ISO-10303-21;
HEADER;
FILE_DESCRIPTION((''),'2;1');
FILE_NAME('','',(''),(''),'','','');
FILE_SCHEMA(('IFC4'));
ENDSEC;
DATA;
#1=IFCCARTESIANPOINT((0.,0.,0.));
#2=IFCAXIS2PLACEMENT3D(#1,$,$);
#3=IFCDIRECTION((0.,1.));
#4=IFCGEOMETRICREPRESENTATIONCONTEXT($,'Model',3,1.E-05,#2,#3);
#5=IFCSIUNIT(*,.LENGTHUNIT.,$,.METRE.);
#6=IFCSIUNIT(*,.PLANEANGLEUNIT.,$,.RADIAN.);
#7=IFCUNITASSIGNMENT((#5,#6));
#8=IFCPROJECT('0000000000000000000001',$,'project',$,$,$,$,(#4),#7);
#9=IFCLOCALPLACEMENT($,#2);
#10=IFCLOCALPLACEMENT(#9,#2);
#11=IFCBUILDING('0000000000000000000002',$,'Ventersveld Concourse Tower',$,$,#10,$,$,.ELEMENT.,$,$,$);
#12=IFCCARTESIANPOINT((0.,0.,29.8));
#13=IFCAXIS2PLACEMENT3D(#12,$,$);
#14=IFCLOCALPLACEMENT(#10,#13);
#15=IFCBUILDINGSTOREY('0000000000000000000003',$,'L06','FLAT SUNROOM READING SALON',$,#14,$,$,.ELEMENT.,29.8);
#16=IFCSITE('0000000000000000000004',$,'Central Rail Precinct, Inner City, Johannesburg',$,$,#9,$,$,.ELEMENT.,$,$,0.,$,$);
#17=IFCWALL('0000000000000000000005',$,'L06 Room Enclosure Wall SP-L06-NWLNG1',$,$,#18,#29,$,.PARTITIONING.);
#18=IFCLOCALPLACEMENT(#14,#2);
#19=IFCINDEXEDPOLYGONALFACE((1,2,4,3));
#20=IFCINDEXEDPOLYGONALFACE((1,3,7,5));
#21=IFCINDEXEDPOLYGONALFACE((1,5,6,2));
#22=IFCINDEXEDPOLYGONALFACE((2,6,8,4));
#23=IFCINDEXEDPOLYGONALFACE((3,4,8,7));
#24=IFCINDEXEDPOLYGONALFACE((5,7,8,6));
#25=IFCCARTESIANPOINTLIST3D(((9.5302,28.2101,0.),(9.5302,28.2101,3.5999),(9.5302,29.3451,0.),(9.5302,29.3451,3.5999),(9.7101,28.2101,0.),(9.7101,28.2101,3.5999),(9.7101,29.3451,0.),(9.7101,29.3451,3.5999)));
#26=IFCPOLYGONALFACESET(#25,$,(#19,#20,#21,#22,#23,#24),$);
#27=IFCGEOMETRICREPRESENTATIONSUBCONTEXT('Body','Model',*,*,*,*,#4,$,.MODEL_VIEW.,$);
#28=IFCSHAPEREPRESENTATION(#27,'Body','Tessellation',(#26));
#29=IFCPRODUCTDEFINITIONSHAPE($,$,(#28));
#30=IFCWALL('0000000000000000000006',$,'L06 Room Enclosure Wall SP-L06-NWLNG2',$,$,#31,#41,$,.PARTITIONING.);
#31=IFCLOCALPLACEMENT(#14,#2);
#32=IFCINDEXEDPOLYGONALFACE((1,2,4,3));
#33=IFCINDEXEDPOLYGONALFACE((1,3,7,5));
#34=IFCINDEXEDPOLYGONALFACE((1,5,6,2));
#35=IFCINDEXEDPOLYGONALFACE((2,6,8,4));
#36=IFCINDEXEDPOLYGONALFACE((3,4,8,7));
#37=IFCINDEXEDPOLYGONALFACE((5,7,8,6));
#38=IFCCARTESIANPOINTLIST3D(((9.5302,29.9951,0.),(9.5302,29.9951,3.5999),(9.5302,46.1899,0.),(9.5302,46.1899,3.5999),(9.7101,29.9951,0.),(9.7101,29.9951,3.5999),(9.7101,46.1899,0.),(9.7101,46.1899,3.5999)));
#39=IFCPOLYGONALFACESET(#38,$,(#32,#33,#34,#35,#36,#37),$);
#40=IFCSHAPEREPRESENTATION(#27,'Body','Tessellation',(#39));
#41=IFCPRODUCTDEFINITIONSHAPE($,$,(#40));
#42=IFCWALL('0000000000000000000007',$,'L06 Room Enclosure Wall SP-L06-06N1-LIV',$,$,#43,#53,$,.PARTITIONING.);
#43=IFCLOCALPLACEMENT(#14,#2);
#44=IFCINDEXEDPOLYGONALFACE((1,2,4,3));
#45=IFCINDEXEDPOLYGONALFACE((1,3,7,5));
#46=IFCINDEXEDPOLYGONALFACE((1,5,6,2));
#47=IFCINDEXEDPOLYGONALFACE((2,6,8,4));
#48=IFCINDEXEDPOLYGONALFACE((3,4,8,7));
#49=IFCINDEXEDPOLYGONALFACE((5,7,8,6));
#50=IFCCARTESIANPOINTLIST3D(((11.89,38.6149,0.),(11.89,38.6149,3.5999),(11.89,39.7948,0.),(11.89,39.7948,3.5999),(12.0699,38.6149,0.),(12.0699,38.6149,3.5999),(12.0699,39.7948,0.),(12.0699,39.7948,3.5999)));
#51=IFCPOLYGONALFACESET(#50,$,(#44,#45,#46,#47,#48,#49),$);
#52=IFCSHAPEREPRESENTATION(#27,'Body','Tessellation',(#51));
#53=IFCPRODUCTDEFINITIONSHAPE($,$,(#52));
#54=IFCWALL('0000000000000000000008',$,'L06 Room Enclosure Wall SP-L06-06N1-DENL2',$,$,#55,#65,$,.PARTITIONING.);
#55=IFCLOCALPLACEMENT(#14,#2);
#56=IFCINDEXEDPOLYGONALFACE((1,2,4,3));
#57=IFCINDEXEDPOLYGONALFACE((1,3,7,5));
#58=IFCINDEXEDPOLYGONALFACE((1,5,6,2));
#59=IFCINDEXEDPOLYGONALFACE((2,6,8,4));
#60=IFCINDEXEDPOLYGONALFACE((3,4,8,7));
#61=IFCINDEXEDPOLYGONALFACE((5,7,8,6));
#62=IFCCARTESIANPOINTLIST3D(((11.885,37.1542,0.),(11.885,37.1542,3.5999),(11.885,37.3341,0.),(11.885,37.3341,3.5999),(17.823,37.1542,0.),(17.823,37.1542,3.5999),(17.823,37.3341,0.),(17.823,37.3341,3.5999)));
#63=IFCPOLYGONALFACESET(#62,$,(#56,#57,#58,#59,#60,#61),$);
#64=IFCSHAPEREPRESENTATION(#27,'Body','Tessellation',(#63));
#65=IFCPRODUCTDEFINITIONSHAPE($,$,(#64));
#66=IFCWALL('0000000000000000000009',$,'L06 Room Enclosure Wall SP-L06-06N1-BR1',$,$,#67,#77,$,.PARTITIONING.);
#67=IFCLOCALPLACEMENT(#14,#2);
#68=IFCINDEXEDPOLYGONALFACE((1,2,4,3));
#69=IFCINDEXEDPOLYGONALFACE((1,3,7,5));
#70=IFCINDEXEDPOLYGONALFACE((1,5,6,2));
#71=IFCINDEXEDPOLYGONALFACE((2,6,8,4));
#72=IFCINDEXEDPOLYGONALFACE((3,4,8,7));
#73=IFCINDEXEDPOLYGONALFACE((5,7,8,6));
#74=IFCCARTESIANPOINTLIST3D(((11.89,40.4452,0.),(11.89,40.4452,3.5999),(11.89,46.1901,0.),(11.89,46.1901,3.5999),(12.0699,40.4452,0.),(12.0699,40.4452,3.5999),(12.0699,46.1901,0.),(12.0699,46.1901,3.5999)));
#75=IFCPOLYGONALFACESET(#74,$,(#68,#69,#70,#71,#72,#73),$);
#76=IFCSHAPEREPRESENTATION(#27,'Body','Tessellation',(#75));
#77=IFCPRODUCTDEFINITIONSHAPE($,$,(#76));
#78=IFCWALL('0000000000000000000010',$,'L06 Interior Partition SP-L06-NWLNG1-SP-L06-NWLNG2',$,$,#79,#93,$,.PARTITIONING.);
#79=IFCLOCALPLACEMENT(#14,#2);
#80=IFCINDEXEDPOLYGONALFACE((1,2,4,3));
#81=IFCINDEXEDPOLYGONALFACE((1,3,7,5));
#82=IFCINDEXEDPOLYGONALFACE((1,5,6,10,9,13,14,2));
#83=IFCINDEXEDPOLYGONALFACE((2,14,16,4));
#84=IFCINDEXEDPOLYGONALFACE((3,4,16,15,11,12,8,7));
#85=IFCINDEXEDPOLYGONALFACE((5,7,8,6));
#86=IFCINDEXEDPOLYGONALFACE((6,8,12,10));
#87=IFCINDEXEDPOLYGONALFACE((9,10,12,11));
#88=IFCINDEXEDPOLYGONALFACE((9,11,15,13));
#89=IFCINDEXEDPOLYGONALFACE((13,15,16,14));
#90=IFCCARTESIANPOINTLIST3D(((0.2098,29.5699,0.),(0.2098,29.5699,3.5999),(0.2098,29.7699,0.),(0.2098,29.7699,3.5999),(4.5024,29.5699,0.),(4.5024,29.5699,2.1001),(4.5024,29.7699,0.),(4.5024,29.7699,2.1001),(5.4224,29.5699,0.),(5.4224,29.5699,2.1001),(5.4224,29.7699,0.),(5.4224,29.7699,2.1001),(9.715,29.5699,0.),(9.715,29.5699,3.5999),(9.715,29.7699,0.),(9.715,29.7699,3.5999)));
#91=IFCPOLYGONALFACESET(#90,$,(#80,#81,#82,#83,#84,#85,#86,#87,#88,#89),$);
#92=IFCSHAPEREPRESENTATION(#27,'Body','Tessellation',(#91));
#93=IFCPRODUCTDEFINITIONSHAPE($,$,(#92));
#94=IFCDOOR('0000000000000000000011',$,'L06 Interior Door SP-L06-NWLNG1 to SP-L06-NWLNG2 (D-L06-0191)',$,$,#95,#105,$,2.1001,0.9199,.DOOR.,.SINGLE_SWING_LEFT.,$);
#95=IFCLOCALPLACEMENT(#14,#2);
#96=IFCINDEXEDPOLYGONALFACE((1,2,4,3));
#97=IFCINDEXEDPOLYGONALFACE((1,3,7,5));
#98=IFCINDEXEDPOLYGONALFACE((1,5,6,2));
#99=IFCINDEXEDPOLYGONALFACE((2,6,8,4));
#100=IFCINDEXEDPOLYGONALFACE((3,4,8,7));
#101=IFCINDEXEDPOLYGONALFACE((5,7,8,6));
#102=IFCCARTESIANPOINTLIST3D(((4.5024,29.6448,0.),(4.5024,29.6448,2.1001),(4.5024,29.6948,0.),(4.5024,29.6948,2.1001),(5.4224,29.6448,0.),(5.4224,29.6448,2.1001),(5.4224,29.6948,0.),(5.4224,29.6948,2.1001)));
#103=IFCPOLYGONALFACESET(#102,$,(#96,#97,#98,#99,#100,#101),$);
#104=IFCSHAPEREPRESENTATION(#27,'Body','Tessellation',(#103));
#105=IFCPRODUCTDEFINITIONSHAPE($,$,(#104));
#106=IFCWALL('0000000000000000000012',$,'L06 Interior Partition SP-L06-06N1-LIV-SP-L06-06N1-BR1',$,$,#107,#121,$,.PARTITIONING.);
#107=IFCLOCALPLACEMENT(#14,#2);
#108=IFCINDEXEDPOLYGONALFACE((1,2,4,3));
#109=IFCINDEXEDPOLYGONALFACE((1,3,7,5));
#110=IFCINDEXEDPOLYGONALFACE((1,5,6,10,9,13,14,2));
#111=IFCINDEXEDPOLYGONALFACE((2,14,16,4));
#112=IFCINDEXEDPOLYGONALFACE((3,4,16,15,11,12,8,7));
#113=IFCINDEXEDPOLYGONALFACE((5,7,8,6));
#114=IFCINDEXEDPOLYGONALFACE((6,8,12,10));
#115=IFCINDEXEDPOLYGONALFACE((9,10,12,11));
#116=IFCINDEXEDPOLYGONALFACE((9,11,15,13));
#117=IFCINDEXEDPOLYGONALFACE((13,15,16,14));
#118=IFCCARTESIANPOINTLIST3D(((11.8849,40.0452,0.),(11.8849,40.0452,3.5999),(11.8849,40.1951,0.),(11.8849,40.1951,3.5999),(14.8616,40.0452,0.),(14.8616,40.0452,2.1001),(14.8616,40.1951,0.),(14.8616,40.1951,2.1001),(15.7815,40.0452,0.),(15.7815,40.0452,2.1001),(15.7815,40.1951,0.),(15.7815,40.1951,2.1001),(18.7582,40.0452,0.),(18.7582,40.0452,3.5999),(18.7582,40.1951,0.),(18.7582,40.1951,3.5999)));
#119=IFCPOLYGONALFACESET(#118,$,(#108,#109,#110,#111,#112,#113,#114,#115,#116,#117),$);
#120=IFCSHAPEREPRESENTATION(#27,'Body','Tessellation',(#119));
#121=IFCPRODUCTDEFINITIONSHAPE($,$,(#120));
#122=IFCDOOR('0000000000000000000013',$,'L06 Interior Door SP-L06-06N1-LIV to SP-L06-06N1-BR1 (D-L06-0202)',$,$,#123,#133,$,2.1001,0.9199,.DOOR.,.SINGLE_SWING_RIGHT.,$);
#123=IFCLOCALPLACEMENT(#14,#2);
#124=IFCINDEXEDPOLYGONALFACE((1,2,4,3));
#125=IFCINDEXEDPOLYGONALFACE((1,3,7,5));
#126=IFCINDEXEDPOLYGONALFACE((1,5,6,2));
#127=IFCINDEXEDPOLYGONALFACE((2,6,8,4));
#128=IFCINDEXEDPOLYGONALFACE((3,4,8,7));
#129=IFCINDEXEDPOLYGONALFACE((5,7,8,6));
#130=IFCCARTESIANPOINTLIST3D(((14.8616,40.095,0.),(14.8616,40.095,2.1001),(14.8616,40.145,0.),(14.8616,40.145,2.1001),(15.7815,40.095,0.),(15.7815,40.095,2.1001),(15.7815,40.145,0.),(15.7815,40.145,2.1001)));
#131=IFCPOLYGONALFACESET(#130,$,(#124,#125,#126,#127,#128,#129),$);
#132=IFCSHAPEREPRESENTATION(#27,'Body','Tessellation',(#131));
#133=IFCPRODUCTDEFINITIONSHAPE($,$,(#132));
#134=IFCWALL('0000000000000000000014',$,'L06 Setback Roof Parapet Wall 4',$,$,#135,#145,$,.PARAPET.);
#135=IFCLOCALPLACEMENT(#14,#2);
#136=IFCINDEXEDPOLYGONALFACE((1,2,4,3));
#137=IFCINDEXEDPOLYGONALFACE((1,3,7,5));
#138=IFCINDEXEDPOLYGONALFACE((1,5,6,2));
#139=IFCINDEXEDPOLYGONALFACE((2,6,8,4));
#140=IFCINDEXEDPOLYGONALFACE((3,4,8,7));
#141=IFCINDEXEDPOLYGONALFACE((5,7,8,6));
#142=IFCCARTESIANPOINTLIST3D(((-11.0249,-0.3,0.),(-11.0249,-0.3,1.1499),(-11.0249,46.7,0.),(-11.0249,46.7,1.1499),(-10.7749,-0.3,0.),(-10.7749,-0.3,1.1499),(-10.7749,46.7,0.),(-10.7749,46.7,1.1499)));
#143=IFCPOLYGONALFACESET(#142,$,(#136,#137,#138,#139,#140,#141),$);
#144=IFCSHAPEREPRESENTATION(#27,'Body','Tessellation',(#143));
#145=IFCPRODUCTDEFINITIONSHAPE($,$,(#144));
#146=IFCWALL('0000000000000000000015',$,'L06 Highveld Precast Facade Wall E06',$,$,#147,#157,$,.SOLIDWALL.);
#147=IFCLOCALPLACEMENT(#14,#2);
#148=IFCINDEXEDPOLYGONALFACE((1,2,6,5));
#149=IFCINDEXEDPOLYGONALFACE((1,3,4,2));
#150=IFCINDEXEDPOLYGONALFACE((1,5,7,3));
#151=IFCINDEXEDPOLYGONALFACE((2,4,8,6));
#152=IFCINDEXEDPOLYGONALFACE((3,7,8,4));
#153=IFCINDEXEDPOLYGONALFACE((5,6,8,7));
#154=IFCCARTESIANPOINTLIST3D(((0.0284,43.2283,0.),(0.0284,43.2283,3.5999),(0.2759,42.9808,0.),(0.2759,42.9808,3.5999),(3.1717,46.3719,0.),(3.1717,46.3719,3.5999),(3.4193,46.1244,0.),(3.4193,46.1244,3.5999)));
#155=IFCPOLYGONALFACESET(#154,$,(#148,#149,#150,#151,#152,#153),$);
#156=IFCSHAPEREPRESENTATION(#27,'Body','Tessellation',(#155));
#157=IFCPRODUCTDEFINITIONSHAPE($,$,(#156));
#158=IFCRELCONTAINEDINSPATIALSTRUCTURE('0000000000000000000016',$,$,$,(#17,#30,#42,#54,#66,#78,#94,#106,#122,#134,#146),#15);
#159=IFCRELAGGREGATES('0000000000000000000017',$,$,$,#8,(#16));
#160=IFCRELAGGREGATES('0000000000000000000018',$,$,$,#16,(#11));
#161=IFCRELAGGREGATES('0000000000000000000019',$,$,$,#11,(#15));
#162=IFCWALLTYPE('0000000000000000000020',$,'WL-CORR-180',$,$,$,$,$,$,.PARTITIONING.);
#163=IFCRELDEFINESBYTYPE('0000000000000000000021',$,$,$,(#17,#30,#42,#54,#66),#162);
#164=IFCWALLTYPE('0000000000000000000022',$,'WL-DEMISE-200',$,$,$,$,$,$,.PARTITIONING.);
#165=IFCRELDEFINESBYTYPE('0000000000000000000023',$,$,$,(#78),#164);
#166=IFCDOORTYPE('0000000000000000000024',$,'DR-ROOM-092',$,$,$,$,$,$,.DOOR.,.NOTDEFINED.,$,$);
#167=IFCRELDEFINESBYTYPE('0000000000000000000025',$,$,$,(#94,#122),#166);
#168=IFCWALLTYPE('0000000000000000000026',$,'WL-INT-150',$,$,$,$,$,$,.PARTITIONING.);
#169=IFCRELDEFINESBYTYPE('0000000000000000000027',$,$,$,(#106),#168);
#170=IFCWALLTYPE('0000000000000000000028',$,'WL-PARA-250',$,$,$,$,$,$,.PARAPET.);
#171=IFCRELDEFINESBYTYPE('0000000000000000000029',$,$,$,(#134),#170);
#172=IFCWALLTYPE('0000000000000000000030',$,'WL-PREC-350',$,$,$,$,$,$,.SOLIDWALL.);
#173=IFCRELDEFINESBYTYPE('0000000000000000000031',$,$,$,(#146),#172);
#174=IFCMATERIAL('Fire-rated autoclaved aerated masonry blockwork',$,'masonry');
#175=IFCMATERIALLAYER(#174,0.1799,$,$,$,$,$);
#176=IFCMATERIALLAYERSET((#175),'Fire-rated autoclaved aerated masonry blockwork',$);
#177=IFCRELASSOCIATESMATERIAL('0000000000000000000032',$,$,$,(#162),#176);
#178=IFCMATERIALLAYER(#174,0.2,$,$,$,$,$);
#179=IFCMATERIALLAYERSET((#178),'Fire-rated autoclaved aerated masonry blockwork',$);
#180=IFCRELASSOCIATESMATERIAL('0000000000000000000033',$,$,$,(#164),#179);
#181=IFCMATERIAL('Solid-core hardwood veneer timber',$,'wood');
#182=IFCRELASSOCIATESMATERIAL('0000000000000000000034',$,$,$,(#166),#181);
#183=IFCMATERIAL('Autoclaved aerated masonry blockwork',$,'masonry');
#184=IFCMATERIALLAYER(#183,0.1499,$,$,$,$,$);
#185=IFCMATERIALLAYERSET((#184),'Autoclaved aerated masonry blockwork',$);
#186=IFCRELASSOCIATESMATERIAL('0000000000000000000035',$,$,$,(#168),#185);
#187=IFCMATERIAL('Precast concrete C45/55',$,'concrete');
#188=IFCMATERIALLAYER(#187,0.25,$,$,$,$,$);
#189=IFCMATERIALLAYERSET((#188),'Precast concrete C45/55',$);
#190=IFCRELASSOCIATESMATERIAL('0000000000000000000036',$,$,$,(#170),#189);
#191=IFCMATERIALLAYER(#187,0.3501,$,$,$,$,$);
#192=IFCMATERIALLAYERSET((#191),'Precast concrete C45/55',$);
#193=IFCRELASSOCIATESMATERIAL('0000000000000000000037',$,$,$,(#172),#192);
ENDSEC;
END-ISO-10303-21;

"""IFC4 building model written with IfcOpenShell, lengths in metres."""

from ifc_helpers import new_model, si_unit, direction, frame, frame_2d, origin, place, context, subcontext, project, spatial, rectangle, extrude, material, layer, layer_set, type_object, element, fill, save


model = new_model("IFC4")

# Units and contexts
model_context = context("Model", 3, precision=1e-05, world=origin(), true_north=direction((0.0, 1.0)))
body_context = subcontext(model_context, "Body", "Model", "MODEL_VIEW")
ifc_project = project(units=[si_unit("LENGTHUNIT", "METRE"), si_unit("PLANEANGLEUNIT", "RADIAN")], contexts=[model_context])

# Site, building, storey
site_placement = place(None, origin())
site = spatial("IfcSite", under=ifc_project, at=site_placement, Name="Central Rail Precinct, Inner City, Johannesburg", CompositionType="ELEMENT", RefElevation=0.0)
building_placement = place(site_placement, origin())
building = spatial("IfcBuilding", under=site, at=building_placement, Name="Ventersveld Concourse Tower", CompositionType="ELEMENT")
storey_placement = place(building_placement, frame((0.0, 0.0, 29.8)))
storey = spatial("IfcBuildingStorey", under=building, at=storey_placement, Name="L06", Description="FLAT SUNROOM READING SALON", CompositionType="ELEMENT", Elevation=29.8)

# Walls
ifc_material_1 = material(Name="Fire-rated autoclaved aerated masonry blockwork", Category="masonry")
ifc_layer_1 = layer(ifc_material_1, 0.1799)
ifc_layer_set_1 = layer_set([ifc_layer_1], Name="Fire-rated autoclaved aerated masonry blockwork")
wall_type_1 = type_object("IfcWallType", Name="WL-CORR-180", PredefinedType="PARTITIONING", material=ifc_layer_set_1)
wall_1_placement = place(storey_placement, frame((9.6201, 29.345, 0.0), z_axis=(0.0, 0.0, 1.0), x_axis=(0.0, -1.0, 0.0)))
element("IfcWall", 1, at=wall_1_placement, inside=storey, type_object=wall_type_1, Name="L06 Room Enclosure Wall SP-L06-NWLNG1", PredefinedType="PARTITIONING", context=body_context, shape_type="SweptSolid", body=[
    extrude(rectangle(XDim=1.135, YDim=0.1799, at=frame_2d((0.5674, 0.0))), origin(), (0.0, 0.0, 1.0), 3.5999),
])
wall_2_placement = place(storey_placement, frame((9.6201, 46.1899, 0.0), z_axis=(0.0, 0.0, 1.0), x_axis=(0.0, -1.0, 0.0)))
element("IfcWall", 2, at=wall_2_placement, inside=storey, type_object=wall_type_1, Name="L06 Room Enclosure Wall SP-L06-NWLNG2", PredefinedType="PARTITIONING", context=body_context, shape_type="SweptSolid", body=[
    extrude(rectangle(XDim=16.1948, YDim=0.1799, at=frame_2d((8.0974, 0.0))), origin(), (0.0, 0.0, 1.0), 3.5999),
])
wall_3_placement = place(storey_placement, frame((11.98, 38.615, 0.0), z_axis=(0.0, 0.0, 1.0), x_axis=(0.0, 1.0, 0.0)))
element("IfcWall", 3, at=wall_3_placement, inside=storey, type_object=wall_type_1, Name="L06 Room Enclosure Wall SP-L06-06N1-LIV", PredefinedType="PARTITIONING", context=body_context, shape_type="SweptSolid", body=[
    extrude(rectangle(XDim=1.1799, YDim=0.1799, at=frame_2d((0.5898, 0.0))), origin(), (0.0, 0.0, 1.0), 3.5999),
])
wall_4_placement = place(storey_placement, frame((11.885, 37.2441, 0.0), z_axis=(0.0, 0.0, 1.0), x_axis=(1.0, 0.0, 0.0)))
element("IfcWall", 4, at=wall_4_placement, inside=storey, type_object=wall_type_1, Name="L06 Room Enclosure Wall SP-L06-06N1-DENL2", PredefinedType="PARTITIONING", context=body_context, shape_type="SweptSolid", body=[
    extrude(rectangle(XDim=5.938, YDim=0.1799, at=frame_2d((2.969, 0.0))), origin(), (0.0, 0.0, 1.0), 3.5999),
])
wall_5_placement = place(storey_placement, frame((11.98, 40.4451, 0.0), z_axis=(0.0, 0.0, 1.0), x_axis=(0.0, 1.0, 0.0)))
element("IfcWall", 5, at=wall_5_placement, inside=storey, type_object=wall_type_1, Name="L06 Room Enclosure Wall SP-L06-06N1-BR1", PredefinedType="PARTITIONING", context=body_context, shape_type="SweptSolid", body=[
    extrude(rectangle(XDim=5.7449, YDim=0.1799, at=frame_2d((2.8726, 0.0))), origin(), (0.0, 0.0, 1.0), 3.5999),
])

# Walls, openings, doors
ifc_layer_2 = layer(ifc_material_1, 0.2)
ifc_layer_set_2 = layer_set([ifc_layer_2], Name="Fire-rated autoclaved aerated masonry blockwork")
wall_type_2 = type_object("IfcWallType", Name="WL-DEMISE-200", PredefinedType="PARTITIONING", material=ifc_layer_set_2)
wall_6_placement = place(storey_placement, frame((0.21, 29.6699, 0.0), z_axis=(0.0, 0.0, 1.0), x_axis=(1.0, 0.0, 0.0)))
wall_6 = element("IfcWall", 6, at=wall_6_placement, inside=storey, type_object=wall_type_2, Name="L06 Interior Partition SP-L06-NWLNG1-SP-L06-NWLNG2", PredefinedType="PARTITIONING", context=body_context, shape_type="SweptSolid", body=[
    extrude(rectangle(XDim=9.5051, YDim=0.2, at=frame_2d((4.7524, 0.0))), origin(), (0.0, 0.0, 1.0), 3.5999),
])
opening_1_placement = place(wall_6_placement, frame((4.2925, 0.0, 0.0)))
opening_1 = element("IfcOpeningElement", 7, at=opening_1_placement, cuts=wall_6, PredefinedType="OPENING", context=body_context, shape_type="SweptSolid", body=[
    extrude(rectangle(XDim=0.9199, YDim=2.1001, at=frame_2d((0.46, 1.05))), frame((0.0, 0.1099, 0.0), z_axis=(0.0, -1.0, 0.0), x_axis=(1.0, 0.0, 0.0)), (0.0, 0.0, 1.0), 0.22),
])
ifc_material_2 = material(Name="Solid-core hardwood veneer timber", Category="wood")
door_type = type_object("IfcDoorType", Name="DR-ROOM-092", OperationType="NOTDEFINED", PredefinedType="DOOR", material=ifc_material_2)
door_1_placement = place(opening_1_placement, origin())
door_1 = element("IfcDoor", 8, at=door_1_placement, inside=storey, type_object=door_type, Name="L06 Interior Door SP-L06-NWLNG1 to SP-L06-NWLNG2 (D-L06-0191)", OperationType="SINGLE_SWING_LEFT", OverallHeight=2.1001, OverallWidth=0.9199, PredefinedType="DOOR", context=body_context, shape_type="SweptSolid", body=[
    extrude(rectangle(XDim=0.9199, YDim=2.1001, at=frame_2d((0.46, 1.05))), frame((0.0, 0.0249, 0.0), z_axis=(0.0, -1.0, 0.0), x_axis=(1.0, 0.0, 0.0)), (0.0, 0.0, 1.0), 0.05),
])
fill(opening_1, door_1)
ifc_material_3 = material(Name="Autoclaved aerated masonry blockwork", Category="masonry")
ifc_layer_3 = layer(ifc_material_3, 0.1499)
ifc_layer_set_3 = layer_set([ifc_layer_3], Name="Autoclaved aerated masonry blockwork")
wall_type_3 = type_object("IfcWallType", Name="WL-INT-150", PredefinedType="PARTITIONING", material=ifc_layer_set_3)
wall_7_placement = place(storey_placement, frame((11.885, 40.1201, 0.0), z_axis=(0.0, 0.0, 1.0), x_axis=(1.0, 0.0, 0.0)))
wall_7 = element("IfcWall", 9, at=wall_7_placement, inside=storey, type_object=wall_type_3, Name="L06 Interior Partition SP-L06-06N1-LIV-SP-L06-06N1-BR1", PredefinedType="PARTITIONING", context=body_context, shape_type="SweptSolid", body=[
    extrude(rectangle(XDim=6.8733, YDim=0.1499, at=frame_2d((3.4365, 0.0))), origin(), (0.0, 0.0, 1.0), 3.5999),
])
opening_2_placement = place(wall_7_placement, frame((2.9766, 0.0, 0.0)))
opening_2 = element("IfcOpeningElement", 10, at=opening_2_placement, cuts=wall_7, PredefinedType="OPENING", context=body_context, shape_type="SweptSolid", body=[
    extrude(rectangle(XDim=0.9199, YDim=2.1001, at=frame_2d((0.46, 1.05))), frame((0.0, 0.085, 0.0), z_axis=(0.0, -1.0, 0.0), x_axis=(1.0, 0.0, 0.0)), (0.0, 0.0, 1.0), 0.1699),
])
door_2_placement = place(opening_2_placement, origin())
door_2 = element("IfcDoor", 11, at=door_2_placement, inside=storey, type_object=door_type, Name="L06 Interior Door SP-L06-06N1-LIV to SP-L06-06N1-BR1 (D-L06-0202)", OperationType="SINGLE_SWING_RIGHT", OverallHeight=2.1001, OverallWidth=0.9199, PredefinedType="DOOR", context=body_context, shape_type="SweptSolid", body=[
    extrude(rectangle(XDim=0.9199, YDim=2.1001, at=frame_2d((0.46, 1.05))), frame((0.0, 0.0249, 0.0), z_axis=(0.0, -1.0, 0.0), x_axis=(1.0, 0.0, 0.0)), (0.0, 0.0, 1.0), 0.05),
])
fill(opening_2, door_2)

# Walls
ifc_material_4 = material(Name="Precast concrete C45/55", Category="concrete")
ifc_layer_4 = layer(ifc_material_4, 0.25)
ifc_layer_set_4 = layer_set([ifc_layer_4], Name="Precast concrete C45/55")
wall_type_4 = type_object("IfcWallType", Name="WL-PARA-250", PredefinedType="PARAPET", material=ifc_layer_set_4)
wall_8_placement = place(storey_placement, frame((-10.8999, 46.7, 0.0), z_axis=(0.0, 0.0, 1.0), x_axis=(0.0, -1.0, 0.0)))
element("IfcWall", 12, at=wall_8_placement, inside=storey, type_object=wall_type_4, Name="L06 Setback Roof Parapet Wall 4", PredefinedType="PARAPET", context=body_context, shape_type="SweptSolid", body=[
    extrude(rectangle(XDim=47.0, YDim=0.25, at=frame_2d((23.5, 0.0))), origin(), (0.0, 0.0, 1.0), 1.1499),
])
ifc_layer_5 = layer(ifc_material_4, 0.3501)
ifc_layer_set_5 = layer_set([ifc_layer_5], Name="Precast concrete C45/55")
wall_type_5 = type_object("IfcWallType", Name="WL-PREC-350", PredefinedType="SOLIDWALL", material=ifc_layer_set_5)
wall_9_placement = place(storey_placement, frame((3.2954, 46.248, 0.0), z_axis=(0.0, 0.0, 1.0), x_axis=(-0.707079, -0.707134, 0.0)))
element("IfcWall", 13, at=wall_9_placement, inside=storey, type_object=wall_type_5, Name="L06 Highveld Precast Facade Wall E06", PredefinedType="SOLIDWALL", context=body_context, shape_type="SweptSolid", body=[
    extrude(rectangle(XDim=4.4456, YDim=0.3501, at=frame_2d((2.2227, 0.0))), origin(), (0.0, 0.0, 1.0), 3.5999),
])

save(model, "model.ifc")
